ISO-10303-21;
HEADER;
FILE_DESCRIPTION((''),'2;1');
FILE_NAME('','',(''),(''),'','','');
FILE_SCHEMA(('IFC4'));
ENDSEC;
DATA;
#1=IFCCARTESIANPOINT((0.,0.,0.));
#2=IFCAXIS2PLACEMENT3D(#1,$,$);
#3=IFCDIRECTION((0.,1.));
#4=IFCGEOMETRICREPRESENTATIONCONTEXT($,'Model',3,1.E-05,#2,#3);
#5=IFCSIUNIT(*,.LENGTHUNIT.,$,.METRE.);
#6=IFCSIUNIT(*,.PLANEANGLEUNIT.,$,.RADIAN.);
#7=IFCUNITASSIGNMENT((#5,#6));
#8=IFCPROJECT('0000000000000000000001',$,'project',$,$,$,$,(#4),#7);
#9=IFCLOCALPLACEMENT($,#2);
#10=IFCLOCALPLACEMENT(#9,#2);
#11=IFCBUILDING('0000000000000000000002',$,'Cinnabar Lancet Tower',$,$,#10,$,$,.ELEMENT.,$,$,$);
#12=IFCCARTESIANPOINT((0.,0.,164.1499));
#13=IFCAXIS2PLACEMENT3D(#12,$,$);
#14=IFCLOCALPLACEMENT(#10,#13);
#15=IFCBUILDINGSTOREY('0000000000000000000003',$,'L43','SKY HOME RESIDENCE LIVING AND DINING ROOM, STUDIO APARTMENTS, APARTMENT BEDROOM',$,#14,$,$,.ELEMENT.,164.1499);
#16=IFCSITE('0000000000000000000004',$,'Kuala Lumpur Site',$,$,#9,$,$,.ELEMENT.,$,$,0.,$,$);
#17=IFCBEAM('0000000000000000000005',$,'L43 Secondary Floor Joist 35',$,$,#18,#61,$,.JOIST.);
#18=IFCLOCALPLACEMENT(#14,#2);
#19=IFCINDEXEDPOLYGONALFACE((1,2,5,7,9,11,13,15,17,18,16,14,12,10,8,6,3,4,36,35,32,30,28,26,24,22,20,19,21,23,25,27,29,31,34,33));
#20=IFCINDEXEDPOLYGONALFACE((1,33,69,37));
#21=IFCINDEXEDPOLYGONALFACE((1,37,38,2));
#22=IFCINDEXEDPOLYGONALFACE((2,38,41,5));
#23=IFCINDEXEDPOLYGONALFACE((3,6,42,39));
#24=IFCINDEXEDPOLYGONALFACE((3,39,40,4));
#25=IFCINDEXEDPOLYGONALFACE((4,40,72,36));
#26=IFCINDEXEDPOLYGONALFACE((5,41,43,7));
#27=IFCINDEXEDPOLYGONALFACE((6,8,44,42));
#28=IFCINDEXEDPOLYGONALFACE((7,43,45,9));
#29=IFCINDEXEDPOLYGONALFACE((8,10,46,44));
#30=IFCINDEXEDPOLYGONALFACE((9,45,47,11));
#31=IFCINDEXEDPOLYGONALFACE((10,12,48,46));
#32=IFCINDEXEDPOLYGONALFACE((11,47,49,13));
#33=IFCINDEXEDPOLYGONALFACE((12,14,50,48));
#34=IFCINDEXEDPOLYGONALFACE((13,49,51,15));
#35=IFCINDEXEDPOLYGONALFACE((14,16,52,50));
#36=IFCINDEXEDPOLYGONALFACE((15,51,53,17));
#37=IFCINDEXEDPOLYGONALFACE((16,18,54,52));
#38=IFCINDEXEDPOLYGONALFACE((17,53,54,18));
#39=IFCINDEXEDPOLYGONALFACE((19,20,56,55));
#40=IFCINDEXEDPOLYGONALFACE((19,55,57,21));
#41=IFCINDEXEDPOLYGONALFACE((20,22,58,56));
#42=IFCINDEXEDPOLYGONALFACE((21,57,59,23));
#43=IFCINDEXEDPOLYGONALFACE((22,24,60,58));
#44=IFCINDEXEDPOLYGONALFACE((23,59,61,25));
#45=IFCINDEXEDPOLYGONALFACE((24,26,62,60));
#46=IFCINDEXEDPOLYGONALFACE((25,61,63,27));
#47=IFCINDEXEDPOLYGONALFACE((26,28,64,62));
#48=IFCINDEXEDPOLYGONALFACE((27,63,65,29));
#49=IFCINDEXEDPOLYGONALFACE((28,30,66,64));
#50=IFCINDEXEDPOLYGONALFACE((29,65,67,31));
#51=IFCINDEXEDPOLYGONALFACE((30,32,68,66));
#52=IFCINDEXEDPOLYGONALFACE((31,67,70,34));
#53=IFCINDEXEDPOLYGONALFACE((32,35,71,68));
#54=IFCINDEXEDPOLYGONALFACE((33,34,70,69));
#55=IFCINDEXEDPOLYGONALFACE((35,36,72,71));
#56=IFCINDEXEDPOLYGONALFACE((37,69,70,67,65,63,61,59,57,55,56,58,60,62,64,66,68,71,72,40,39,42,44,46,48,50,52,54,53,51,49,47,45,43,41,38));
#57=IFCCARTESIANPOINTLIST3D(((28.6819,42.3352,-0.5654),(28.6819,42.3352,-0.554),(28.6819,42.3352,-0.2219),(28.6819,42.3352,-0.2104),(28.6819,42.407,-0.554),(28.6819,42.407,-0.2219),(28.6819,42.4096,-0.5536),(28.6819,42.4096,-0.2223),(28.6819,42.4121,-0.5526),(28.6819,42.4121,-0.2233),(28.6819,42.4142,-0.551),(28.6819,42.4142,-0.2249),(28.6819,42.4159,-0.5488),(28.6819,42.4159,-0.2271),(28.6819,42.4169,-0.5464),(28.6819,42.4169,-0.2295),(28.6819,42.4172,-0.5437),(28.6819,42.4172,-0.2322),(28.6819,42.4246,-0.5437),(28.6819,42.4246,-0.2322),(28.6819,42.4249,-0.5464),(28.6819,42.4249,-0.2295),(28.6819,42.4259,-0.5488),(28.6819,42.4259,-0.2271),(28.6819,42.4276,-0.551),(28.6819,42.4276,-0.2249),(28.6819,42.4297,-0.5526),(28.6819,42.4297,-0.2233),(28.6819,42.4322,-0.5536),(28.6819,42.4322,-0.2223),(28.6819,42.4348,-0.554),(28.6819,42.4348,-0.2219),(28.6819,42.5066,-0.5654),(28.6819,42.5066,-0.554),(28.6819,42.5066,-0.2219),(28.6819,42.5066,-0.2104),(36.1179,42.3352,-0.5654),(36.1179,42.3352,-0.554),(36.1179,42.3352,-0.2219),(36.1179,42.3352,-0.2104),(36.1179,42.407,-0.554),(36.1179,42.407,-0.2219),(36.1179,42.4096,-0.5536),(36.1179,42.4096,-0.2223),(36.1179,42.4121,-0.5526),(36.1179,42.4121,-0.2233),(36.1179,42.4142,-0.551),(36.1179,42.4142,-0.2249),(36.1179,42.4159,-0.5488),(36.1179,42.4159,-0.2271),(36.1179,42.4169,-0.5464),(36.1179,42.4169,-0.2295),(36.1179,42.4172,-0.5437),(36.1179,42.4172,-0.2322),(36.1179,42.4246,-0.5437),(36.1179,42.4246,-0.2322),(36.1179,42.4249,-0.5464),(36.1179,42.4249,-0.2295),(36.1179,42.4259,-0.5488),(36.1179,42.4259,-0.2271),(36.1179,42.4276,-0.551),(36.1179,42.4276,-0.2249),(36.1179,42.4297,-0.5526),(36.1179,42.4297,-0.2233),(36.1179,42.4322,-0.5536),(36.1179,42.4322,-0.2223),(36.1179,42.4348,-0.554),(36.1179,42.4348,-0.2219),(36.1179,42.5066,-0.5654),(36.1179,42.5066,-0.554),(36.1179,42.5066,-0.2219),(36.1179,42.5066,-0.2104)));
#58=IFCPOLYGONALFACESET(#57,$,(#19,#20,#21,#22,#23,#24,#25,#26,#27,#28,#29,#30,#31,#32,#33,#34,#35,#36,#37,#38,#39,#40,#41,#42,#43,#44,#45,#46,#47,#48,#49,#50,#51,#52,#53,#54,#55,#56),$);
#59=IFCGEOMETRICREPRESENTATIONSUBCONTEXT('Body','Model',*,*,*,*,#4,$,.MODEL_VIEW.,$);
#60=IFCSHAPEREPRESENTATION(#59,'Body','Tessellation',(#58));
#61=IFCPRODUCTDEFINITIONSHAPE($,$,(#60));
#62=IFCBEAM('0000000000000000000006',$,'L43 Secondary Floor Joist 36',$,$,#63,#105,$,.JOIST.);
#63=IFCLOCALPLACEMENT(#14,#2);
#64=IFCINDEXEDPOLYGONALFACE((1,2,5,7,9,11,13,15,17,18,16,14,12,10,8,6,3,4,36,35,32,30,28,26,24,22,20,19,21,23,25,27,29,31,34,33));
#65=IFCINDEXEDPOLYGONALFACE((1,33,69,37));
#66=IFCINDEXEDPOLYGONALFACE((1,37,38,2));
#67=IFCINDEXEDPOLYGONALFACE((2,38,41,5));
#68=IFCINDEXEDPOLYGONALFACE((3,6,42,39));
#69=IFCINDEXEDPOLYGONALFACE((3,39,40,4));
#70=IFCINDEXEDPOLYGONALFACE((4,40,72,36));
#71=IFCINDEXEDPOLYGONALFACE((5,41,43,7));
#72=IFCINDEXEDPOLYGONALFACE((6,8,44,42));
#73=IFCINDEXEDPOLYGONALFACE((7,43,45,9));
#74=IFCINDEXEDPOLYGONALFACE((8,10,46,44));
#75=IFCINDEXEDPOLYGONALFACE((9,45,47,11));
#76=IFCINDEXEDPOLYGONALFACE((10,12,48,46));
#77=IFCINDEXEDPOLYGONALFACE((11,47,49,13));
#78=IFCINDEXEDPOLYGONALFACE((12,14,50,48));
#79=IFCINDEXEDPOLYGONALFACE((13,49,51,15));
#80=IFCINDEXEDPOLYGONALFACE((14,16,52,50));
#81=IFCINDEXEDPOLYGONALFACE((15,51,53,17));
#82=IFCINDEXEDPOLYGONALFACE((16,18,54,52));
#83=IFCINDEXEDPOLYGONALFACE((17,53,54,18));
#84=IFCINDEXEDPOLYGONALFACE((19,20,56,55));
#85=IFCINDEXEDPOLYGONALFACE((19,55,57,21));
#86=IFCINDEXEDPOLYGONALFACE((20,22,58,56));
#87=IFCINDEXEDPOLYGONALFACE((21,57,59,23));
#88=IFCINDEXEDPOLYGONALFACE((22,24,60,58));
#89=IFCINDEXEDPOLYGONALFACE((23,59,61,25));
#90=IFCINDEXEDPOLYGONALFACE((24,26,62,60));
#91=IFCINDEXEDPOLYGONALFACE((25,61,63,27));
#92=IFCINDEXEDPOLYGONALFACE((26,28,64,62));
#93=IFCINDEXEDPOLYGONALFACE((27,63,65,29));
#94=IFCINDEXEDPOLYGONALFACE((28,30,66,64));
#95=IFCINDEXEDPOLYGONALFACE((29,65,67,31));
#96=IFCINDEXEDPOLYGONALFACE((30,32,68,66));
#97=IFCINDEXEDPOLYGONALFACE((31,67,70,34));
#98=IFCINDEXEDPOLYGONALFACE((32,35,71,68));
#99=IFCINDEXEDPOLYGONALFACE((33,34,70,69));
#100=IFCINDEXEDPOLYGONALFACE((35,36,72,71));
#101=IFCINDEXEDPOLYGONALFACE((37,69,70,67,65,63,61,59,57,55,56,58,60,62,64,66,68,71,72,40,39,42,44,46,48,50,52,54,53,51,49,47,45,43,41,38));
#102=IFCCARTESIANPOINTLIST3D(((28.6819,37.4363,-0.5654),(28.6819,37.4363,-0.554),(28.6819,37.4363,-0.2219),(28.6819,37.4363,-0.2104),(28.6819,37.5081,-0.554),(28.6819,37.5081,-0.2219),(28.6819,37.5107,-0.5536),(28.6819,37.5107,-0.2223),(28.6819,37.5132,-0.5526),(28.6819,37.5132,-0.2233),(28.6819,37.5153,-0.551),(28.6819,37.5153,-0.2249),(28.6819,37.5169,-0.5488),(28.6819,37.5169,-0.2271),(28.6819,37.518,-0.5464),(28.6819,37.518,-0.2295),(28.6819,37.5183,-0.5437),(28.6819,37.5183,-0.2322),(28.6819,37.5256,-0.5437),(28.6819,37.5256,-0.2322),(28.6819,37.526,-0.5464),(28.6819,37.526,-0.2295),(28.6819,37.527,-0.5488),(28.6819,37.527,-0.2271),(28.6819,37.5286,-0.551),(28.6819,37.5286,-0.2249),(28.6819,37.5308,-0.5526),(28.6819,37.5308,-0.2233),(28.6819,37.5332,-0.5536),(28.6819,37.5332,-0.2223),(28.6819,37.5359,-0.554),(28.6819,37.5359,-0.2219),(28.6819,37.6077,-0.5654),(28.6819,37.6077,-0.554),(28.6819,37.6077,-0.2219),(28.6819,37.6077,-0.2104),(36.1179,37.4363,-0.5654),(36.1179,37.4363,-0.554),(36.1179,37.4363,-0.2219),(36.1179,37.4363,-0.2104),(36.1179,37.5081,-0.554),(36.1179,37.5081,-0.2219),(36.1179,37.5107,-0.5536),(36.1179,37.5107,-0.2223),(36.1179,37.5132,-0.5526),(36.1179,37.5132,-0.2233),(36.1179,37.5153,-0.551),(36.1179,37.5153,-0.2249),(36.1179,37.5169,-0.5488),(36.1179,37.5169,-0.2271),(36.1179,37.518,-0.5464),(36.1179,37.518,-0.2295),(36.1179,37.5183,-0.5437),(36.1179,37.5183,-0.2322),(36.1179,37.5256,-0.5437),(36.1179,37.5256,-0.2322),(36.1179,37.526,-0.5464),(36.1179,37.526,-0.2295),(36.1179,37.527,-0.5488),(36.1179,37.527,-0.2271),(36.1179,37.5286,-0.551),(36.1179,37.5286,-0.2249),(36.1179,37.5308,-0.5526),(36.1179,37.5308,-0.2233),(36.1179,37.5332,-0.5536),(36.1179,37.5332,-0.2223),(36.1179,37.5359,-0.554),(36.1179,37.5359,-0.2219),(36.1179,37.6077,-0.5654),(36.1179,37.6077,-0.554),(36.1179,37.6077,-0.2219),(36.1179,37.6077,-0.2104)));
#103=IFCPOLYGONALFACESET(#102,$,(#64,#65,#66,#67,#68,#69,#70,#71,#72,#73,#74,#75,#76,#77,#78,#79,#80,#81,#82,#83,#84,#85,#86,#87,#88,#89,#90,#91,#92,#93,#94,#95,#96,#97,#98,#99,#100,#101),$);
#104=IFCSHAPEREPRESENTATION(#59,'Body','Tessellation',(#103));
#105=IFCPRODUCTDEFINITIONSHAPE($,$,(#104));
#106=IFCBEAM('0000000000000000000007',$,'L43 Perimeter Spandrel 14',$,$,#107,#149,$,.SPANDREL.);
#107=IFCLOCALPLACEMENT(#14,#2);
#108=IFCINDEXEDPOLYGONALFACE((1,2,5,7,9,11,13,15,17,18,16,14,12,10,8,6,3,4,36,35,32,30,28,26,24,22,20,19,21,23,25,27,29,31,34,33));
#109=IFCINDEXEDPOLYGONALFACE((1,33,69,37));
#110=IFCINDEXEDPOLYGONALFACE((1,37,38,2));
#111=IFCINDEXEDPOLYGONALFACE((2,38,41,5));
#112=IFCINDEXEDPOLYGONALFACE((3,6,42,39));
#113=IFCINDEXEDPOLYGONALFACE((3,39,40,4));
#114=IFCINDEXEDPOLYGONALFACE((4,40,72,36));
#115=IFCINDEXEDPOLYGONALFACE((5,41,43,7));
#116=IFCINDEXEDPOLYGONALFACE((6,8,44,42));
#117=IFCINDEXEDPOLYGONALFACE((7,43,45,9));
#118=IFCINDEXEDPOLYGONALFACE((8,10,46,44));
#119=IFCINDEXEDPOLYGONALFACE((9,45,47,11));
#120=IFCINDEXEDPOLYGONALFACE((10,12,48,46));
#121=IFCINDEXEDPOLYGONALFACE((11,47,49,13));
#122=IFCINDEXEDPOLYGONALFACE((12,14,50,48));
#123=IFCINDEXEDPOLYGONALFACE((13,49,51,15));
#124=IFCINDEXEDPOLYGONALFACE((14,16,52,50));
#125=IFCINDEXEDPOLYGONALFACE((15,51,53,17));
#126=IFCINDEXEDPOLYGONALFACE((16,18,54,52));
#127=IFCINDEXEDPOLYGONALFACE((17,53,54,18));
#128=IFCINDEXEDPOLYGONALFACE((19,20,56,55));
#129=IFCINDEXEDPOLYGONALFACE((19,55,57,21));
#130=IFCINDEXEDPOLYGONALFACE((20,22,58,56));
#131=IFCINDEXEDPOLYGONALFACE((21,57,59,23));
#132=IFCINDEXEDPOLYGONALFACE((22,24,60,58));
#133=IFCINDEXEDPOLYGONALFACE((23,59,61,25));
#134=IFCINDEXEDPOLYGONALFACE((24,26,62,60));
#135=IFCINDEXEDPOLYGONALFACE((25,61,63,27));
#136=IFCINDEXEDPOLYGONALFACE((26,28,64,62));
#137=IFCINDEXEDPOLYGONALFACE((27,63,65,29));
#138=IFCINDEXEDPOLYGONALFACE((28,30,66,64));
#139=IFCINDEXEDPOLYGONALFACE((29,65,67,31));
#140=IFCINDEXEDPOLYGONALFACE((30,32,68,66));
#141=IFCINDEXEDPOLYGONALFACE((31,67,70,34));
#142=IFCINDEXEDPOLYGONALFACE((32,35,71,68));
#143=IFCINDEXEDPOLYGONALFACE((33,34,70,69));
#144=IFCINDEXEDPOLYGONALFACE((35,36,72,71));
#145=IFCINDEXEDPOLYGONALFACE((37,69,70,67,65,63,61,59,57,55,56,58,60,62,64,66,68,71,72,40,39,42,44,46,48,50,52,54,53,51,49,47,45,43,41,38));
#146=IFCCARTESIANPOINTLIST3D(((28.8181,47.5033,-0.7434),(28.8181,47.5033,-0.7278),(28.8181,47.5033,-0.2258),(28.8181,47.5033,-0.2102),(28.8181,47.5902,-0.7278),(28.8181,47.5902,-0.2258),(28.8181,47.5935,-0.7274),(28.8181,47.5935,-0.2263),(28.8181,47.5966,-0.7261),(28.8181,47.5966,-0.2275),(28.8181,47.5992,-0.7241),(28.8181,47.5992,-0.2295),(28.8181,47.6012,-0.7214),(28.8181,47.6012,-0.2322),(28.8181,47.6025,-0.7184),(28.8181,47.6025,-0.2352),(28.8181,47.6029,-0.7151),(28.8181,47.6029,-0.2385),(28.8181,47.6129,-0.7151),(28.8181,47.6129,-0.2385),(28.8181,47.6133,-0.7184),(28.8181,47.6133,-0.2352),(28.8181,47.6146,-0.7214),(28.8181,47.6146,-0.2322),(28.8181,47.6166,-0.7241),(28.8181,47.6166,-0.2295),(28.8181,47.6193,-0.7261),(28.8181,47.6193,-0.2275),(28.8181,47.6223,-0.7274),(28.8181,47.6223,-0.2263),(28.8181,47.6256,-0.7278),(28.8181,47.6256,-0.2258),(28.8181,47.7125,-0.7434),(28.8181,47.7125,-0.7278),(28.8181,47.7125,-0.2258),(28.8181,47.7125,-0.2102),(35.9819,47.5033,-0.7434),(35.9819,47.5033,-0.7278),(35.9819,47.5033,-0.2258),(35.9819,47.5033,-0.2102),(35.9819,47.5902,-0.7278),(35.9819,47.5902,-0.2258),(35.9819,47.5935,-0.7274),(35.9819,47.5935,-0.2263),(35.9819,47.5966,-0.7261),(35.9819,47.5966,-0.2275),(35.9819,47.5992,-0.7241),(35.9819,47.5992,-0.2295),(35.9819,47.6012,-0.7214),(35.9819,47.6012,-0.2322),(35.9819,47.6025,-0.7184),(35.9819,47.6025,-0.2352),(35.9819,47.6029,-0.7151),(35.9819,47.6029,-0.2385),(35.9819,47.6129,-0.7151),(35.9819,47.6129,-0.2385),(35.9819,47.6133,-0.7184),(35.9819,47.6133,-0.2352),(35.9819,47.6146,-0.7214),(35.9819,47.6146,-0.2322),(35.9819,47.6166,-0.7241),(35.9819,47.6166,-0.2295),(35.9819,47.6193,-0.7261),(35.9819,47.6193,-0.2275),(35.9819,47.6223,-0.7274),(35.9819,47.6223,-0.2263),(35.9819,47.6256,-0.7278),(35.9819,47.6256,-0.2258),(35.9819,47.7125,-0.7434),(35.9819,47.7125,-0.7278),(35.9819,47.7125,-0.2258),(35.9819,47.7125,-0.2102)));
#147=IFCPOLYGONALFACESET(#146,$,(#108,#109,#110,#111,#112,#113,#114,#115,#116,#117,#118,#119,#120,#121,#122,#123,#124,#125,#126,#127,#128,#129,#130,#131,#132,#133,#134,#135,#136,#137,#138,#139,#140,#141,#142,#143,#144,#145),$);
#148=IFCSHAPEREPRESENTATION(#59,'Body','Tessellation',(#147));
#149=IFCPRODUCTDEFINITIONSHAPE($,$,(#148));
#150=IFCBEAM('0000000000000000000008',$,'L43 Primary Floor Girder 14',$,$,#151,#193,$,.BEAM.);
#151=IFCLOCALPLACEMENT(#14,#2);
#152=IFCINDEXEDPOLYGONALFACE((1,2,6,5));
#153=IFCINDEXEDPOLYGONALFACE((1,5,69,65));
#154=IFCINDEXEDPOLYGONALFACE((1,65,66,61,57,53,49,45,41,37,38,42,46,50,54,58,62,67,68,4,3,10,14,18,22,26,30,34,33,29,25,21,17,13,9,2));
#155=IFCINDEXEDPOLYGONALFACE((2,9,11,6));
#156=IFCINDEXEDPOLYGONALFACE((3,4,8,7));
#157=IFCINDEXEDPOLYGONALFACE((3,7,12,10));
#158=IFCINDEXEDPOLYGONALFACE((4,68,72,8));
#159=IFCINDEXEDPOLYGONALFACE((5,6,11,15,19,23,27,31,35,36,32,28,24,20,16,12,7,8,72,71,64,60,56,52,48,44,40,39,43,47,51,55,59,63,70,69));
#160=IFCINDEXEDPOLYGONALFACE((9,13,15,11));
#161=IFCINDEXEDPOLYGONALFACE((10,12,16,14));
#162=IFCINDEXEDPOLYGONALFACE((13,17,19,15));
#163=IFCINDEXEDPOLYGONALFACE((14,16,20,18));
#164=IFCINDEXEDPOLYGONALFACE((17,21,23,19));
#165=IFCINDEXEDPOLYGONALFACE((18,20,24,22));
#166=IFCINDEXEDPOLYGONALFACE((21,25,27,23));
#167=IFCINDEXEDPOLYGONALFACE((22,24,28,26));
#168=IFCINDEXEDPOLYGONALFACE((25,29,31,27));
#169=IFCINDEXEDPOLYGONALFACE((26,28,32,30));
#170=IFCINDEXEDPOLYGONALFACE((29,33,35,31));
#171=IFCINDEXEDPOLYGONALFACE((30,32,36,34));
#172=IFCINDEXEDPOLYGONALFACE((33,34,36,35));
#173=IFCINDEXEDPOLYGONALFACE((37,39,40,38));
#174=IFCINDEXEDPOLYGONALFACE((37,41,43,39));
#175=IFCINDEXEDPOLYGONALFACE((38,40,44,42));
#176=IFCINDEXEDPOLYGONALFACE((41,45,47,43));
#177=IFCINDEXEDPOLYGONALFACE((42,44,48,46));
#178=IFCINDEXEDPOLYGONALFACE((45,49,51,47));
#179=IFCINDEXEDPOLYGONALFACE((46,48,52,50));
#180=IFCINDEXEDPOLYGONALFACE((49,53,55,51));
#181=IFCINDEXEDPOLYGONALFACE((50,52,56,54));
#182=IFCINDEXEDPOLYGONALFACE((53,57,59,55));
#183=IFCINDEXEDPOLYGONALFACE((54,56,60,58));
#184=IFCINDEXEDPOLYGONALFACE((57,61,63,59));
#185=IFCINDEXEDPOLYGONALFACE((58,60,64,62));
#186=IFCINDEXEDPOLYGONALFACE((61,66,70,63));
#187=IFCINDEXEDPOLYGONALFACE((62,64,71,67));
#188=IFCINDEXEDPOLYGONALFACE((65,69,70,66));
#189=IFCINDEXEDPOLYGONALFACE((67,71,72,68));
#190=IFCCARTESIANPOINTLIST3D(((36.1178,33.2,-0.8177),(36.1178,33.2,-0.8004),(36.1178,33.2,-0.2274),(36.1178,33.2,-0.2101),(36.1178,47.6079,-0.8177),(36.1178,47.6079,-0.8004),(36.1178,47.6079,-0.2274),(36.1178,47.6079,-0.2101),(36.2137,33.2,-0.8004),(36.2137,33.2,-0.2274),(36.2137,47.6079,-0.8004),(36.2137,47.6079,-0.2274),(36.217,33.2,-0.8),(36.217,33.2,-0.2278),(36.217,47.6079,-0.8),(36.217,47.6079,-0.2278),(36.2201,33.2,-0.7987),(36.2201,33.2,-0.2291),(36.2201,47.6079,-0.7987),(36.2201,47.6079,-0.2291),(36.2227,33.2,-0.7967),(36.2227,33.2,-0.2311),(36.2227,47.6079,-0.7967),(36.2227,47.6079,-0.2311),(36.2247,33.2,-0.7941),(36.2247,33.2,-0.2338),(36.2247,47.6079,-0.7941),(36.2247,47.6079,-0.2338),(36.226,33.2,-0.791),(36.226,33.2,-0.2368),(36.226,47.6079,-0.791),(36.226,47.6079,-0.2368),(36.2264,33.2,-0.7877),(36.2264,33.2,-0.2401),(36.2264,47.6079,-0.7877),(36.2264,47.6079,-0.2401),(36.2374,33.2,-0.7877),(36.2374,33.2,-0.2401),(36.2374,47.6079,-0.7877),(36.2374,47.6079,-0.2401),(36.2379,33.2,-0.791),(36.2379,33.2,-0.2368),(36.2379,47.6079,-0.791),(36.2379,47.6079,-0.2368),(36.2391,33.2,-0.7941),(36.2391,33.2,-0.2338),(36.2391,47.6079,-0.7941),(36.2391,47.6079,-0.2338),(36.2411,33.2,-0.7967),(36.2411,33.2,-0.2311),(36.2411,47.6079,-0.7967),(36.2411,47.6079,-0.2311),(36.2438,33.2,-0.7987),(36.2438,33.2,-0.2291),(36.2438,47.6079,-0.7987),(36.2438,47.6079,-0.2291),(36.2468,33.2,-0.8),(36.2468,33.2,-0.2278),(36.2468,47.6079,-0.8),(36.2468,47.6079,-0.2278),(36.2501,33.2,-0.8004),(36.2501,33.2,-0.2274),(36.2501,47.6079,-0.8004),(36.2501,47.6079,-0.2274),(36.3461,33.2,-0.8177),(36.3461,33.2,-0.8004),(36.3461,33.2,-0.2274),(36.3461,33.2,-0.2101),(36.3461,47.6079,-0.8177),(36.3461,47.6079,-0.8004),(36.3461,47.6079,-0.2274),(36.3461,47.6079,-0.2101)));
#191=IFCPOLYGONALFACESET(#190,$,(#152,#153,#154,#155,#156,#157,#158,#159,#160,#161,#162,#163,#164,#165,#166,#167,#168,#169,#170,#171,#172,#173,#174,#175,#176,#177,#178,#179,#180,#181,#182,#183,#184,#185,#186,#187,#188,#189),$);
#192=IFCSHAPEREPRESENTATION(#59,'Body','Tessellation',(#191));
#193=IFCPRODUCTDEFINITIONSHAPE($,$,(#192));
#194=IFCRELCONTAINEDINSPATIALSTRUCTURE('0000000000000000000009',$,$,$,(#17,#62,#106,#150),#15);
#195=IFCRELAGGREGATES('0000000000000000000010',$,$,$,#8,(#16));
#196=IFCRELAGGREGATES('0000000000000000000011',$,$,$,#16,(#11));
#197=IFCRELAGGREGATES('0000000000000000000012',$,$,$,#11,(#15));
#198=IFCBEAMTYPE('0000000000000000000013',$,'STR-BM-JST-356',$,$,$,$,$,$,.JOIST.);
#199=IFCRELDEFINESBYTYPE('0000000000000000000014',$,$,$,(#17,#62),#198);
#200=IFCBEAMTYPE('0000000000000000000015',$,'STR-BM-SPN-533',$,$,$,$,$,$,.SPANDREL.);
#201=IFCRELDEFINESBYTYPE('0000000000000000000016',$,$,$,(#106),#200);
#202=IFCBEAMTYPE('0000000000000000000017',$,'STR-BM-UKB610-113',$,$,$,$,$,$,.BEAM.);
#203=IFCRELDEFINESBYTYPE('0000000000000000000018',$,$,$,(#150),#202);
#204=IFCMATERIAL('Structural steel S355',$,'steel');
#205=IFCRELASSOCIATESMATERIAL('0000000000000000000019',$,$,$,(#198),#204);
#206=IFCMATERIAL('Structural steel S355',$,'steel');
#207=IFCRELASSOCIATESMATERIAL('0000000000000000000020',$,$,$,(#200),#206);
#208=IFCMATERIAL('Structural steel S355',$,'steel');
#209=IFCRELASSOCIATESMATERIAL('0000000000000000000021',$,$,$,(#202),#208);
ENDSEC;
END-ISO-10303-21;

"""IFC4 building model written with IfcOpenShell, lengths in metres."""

from ifc_helpers import new_model, si_unit, direction, frame, origin, origin_2d, place, context, subcontext, project, spatial, i_section, extrude, material, material_profile, profile_set, type_object, element, save


model = new_model("IFC4")

# Units and contexts
model_context = context("Model", 3, precision=1e-05, world=origin(), true_north=direction((0.0, 1.0)))
body_context = subcontext(model_context, "Body", "Model", "MODEL_VIEW")
ifc_project = project(units=[si_unit("LENGTHUNIT", "METRE"), si_unit("PLANEANGLEUNIT", "RADIAN")], contexts=[model_context])

# Site, building, storey
site_placement = place(None, origin())
site = spatial("IfcSite", under=ifc_project, at=site_placement, Name="Kuala Lumpur Site", CompositionType="ELEMENT", RefElevation=0.0)
building_placement = place(site_placement, origin())
building = spatial("IfcBuilding", under=site, at=building_placement, Name="Cinnabar Lancet Tower", CompositionType="ELEMENT")
storey_placement = place(building_placement, frame((0.0, 0.0, 164.1499)))
storey = spatial("IfcBuildingStorey", under=building, at=storey_placement, Name="L43", Description="SKY HOME RESIDENCE LIVING AND DINING ROOM, STUDIO APARTMENTS, APARTMENT BEDROOM", CompositionType="ELEMENT", Elevation=164.1499)

# Beams
ifc_material_1 = material(Name="Structural steel S355", Category="steel")
ifc_material_profile_1 = material_profile(ifc_material_1, i_section(OverallWidth=0.1714, OverallDepth=0.355, WebThickness=0.0073, FlangeThickness=0.0115, FilletRadius=0.0103, at=origin_2d()), Name="UKB 356x171x51")
ifc_profile_set_1 = profile_set([ifc_material_profile_1], Name="Structural steel S355")
beam_type_1 = type_object("IfcBeamType", Name="STR-BM-JST-356", PredefinedType="JOIST", material=ifc_profile_set_1)
for number, where, z_axis, x_axis, name in (
    (1, (36.1179, 42.4209, -0.3879), (-1.0, 0.0, 0.0), (0.0, -1.0, 0.0), "L43 Secondary Floor Joist 35"),
    (2, (36.1179, 37.522, -0.3879), (-1.0, 0.0, 0.0), (0.0, -1.0, 0.0), "L43 Secondary Floor Joist 36"),
):
    element("IfcBeam", number, at=place(storey_placement, frame(where, z_axis=z_axis, x_axis=x_axis)), inside=storey, type_object=beam_type_1, Name=name, PredefinedType="JOIST", context=body_context, shape_type="SweptSolid", body=[
        extrude(i_section(OverallWidth=0.1714, OverallDepth=0.355, WebThickness=0.0073, FlangeThickness=0.0115, FilletRadius=0.0103, at=origin_2d()), origin(), (0.0, 0.0, 1.0), 7.436),
    ])
ifc_material_2 = material(Name="Structural steel S355", Category="steel")
ifc_material_profile_2 = material_profile(ifc_material_2, i_section(OverallWidth=0.2092, OverallDepth=0.5332, WebThickness=0.01, FlangeThickness=0.0156, FilletRadius=0.0127, at=origin_2d()), Name="UKB 533x210x92")
ifc_profile_set_2 = profile_set([ifc_material_profile_2], Name="Structural steel S355")
beam_type_2 = type_object("IfcBeamType", Name="STR-BM-SPN-533", PredefinedType="SPANDREL", material=ifc_profile_set_2)
beam_1_placement = place(storey_placement, frame((35.9819, 47.6079, -0.4768), z_axis=(-1.0, 0.0, 0.0), x_axis=(0.0, -1.0, 0.0)))
element("IfcBeam", 3, at=beam_1_placement, inside=storey, type_object=beam_type_2, Name="L43 Perimeter Spandrel 14", PredefinedType="SPANDREL", context=body_context, shape_type="SweptSolid", body=[
    extrude(i_section(OverallWidth=0.2092, OverallDepth=0.5332, WebThickness=0.01, FlangeThickness=0.0156, FilletRadius=0.0127, at=origin_2d()), origin(), (0.0, 0.0, 1.0), 7.1638),
])
ifc_material_3 = material(Name="Structural steel S355", Category="steel")
ifc_material_profile_3 = material_profile(ifc_material_3, i_section(OverallWidth=0.2283, OverallDepth=0.6077, WebThickness=0.011, FlangeThickness=0.0173, FilletRadius=0.0127, at=origin_2d()), Name="UKB 610x229x113")
ifc_profile_set_3 = profile_set([ifc_material_profile_3], Name="Structural steel S355")
beam_type_3 = type_object("IfcBeamType", Name="STR-BM-UKB610-113", PredefinedType="BEAM", material=ifc_profile_set_3)
beam_2_placement = place(storey_placement, frame((36.2319, 47.6079, -0.5139), z_axis=(0.0, -1.0, 0.0), x_axis=(1.0, 0.0, 0.0)))
element("IfcBeam", 4, at=beam_2_placement, inside=storey, type_object=beam_type_3, Name="L43 Primary Floor Girder 14", PredefinedType="BEAM", context=body_context, shape_type="SweptSolid", body=[
    extrude(i_section(OverallWidth=0.2283, OverallDepth=0.6077, WebThickness=0.011, FlangeThickness=0.0173, FilletRadius=0.0127, at=origin_2d()), origin(), (0.0, 0.0, 1.0), 14.408),
])

save(model, "model.ifc")
